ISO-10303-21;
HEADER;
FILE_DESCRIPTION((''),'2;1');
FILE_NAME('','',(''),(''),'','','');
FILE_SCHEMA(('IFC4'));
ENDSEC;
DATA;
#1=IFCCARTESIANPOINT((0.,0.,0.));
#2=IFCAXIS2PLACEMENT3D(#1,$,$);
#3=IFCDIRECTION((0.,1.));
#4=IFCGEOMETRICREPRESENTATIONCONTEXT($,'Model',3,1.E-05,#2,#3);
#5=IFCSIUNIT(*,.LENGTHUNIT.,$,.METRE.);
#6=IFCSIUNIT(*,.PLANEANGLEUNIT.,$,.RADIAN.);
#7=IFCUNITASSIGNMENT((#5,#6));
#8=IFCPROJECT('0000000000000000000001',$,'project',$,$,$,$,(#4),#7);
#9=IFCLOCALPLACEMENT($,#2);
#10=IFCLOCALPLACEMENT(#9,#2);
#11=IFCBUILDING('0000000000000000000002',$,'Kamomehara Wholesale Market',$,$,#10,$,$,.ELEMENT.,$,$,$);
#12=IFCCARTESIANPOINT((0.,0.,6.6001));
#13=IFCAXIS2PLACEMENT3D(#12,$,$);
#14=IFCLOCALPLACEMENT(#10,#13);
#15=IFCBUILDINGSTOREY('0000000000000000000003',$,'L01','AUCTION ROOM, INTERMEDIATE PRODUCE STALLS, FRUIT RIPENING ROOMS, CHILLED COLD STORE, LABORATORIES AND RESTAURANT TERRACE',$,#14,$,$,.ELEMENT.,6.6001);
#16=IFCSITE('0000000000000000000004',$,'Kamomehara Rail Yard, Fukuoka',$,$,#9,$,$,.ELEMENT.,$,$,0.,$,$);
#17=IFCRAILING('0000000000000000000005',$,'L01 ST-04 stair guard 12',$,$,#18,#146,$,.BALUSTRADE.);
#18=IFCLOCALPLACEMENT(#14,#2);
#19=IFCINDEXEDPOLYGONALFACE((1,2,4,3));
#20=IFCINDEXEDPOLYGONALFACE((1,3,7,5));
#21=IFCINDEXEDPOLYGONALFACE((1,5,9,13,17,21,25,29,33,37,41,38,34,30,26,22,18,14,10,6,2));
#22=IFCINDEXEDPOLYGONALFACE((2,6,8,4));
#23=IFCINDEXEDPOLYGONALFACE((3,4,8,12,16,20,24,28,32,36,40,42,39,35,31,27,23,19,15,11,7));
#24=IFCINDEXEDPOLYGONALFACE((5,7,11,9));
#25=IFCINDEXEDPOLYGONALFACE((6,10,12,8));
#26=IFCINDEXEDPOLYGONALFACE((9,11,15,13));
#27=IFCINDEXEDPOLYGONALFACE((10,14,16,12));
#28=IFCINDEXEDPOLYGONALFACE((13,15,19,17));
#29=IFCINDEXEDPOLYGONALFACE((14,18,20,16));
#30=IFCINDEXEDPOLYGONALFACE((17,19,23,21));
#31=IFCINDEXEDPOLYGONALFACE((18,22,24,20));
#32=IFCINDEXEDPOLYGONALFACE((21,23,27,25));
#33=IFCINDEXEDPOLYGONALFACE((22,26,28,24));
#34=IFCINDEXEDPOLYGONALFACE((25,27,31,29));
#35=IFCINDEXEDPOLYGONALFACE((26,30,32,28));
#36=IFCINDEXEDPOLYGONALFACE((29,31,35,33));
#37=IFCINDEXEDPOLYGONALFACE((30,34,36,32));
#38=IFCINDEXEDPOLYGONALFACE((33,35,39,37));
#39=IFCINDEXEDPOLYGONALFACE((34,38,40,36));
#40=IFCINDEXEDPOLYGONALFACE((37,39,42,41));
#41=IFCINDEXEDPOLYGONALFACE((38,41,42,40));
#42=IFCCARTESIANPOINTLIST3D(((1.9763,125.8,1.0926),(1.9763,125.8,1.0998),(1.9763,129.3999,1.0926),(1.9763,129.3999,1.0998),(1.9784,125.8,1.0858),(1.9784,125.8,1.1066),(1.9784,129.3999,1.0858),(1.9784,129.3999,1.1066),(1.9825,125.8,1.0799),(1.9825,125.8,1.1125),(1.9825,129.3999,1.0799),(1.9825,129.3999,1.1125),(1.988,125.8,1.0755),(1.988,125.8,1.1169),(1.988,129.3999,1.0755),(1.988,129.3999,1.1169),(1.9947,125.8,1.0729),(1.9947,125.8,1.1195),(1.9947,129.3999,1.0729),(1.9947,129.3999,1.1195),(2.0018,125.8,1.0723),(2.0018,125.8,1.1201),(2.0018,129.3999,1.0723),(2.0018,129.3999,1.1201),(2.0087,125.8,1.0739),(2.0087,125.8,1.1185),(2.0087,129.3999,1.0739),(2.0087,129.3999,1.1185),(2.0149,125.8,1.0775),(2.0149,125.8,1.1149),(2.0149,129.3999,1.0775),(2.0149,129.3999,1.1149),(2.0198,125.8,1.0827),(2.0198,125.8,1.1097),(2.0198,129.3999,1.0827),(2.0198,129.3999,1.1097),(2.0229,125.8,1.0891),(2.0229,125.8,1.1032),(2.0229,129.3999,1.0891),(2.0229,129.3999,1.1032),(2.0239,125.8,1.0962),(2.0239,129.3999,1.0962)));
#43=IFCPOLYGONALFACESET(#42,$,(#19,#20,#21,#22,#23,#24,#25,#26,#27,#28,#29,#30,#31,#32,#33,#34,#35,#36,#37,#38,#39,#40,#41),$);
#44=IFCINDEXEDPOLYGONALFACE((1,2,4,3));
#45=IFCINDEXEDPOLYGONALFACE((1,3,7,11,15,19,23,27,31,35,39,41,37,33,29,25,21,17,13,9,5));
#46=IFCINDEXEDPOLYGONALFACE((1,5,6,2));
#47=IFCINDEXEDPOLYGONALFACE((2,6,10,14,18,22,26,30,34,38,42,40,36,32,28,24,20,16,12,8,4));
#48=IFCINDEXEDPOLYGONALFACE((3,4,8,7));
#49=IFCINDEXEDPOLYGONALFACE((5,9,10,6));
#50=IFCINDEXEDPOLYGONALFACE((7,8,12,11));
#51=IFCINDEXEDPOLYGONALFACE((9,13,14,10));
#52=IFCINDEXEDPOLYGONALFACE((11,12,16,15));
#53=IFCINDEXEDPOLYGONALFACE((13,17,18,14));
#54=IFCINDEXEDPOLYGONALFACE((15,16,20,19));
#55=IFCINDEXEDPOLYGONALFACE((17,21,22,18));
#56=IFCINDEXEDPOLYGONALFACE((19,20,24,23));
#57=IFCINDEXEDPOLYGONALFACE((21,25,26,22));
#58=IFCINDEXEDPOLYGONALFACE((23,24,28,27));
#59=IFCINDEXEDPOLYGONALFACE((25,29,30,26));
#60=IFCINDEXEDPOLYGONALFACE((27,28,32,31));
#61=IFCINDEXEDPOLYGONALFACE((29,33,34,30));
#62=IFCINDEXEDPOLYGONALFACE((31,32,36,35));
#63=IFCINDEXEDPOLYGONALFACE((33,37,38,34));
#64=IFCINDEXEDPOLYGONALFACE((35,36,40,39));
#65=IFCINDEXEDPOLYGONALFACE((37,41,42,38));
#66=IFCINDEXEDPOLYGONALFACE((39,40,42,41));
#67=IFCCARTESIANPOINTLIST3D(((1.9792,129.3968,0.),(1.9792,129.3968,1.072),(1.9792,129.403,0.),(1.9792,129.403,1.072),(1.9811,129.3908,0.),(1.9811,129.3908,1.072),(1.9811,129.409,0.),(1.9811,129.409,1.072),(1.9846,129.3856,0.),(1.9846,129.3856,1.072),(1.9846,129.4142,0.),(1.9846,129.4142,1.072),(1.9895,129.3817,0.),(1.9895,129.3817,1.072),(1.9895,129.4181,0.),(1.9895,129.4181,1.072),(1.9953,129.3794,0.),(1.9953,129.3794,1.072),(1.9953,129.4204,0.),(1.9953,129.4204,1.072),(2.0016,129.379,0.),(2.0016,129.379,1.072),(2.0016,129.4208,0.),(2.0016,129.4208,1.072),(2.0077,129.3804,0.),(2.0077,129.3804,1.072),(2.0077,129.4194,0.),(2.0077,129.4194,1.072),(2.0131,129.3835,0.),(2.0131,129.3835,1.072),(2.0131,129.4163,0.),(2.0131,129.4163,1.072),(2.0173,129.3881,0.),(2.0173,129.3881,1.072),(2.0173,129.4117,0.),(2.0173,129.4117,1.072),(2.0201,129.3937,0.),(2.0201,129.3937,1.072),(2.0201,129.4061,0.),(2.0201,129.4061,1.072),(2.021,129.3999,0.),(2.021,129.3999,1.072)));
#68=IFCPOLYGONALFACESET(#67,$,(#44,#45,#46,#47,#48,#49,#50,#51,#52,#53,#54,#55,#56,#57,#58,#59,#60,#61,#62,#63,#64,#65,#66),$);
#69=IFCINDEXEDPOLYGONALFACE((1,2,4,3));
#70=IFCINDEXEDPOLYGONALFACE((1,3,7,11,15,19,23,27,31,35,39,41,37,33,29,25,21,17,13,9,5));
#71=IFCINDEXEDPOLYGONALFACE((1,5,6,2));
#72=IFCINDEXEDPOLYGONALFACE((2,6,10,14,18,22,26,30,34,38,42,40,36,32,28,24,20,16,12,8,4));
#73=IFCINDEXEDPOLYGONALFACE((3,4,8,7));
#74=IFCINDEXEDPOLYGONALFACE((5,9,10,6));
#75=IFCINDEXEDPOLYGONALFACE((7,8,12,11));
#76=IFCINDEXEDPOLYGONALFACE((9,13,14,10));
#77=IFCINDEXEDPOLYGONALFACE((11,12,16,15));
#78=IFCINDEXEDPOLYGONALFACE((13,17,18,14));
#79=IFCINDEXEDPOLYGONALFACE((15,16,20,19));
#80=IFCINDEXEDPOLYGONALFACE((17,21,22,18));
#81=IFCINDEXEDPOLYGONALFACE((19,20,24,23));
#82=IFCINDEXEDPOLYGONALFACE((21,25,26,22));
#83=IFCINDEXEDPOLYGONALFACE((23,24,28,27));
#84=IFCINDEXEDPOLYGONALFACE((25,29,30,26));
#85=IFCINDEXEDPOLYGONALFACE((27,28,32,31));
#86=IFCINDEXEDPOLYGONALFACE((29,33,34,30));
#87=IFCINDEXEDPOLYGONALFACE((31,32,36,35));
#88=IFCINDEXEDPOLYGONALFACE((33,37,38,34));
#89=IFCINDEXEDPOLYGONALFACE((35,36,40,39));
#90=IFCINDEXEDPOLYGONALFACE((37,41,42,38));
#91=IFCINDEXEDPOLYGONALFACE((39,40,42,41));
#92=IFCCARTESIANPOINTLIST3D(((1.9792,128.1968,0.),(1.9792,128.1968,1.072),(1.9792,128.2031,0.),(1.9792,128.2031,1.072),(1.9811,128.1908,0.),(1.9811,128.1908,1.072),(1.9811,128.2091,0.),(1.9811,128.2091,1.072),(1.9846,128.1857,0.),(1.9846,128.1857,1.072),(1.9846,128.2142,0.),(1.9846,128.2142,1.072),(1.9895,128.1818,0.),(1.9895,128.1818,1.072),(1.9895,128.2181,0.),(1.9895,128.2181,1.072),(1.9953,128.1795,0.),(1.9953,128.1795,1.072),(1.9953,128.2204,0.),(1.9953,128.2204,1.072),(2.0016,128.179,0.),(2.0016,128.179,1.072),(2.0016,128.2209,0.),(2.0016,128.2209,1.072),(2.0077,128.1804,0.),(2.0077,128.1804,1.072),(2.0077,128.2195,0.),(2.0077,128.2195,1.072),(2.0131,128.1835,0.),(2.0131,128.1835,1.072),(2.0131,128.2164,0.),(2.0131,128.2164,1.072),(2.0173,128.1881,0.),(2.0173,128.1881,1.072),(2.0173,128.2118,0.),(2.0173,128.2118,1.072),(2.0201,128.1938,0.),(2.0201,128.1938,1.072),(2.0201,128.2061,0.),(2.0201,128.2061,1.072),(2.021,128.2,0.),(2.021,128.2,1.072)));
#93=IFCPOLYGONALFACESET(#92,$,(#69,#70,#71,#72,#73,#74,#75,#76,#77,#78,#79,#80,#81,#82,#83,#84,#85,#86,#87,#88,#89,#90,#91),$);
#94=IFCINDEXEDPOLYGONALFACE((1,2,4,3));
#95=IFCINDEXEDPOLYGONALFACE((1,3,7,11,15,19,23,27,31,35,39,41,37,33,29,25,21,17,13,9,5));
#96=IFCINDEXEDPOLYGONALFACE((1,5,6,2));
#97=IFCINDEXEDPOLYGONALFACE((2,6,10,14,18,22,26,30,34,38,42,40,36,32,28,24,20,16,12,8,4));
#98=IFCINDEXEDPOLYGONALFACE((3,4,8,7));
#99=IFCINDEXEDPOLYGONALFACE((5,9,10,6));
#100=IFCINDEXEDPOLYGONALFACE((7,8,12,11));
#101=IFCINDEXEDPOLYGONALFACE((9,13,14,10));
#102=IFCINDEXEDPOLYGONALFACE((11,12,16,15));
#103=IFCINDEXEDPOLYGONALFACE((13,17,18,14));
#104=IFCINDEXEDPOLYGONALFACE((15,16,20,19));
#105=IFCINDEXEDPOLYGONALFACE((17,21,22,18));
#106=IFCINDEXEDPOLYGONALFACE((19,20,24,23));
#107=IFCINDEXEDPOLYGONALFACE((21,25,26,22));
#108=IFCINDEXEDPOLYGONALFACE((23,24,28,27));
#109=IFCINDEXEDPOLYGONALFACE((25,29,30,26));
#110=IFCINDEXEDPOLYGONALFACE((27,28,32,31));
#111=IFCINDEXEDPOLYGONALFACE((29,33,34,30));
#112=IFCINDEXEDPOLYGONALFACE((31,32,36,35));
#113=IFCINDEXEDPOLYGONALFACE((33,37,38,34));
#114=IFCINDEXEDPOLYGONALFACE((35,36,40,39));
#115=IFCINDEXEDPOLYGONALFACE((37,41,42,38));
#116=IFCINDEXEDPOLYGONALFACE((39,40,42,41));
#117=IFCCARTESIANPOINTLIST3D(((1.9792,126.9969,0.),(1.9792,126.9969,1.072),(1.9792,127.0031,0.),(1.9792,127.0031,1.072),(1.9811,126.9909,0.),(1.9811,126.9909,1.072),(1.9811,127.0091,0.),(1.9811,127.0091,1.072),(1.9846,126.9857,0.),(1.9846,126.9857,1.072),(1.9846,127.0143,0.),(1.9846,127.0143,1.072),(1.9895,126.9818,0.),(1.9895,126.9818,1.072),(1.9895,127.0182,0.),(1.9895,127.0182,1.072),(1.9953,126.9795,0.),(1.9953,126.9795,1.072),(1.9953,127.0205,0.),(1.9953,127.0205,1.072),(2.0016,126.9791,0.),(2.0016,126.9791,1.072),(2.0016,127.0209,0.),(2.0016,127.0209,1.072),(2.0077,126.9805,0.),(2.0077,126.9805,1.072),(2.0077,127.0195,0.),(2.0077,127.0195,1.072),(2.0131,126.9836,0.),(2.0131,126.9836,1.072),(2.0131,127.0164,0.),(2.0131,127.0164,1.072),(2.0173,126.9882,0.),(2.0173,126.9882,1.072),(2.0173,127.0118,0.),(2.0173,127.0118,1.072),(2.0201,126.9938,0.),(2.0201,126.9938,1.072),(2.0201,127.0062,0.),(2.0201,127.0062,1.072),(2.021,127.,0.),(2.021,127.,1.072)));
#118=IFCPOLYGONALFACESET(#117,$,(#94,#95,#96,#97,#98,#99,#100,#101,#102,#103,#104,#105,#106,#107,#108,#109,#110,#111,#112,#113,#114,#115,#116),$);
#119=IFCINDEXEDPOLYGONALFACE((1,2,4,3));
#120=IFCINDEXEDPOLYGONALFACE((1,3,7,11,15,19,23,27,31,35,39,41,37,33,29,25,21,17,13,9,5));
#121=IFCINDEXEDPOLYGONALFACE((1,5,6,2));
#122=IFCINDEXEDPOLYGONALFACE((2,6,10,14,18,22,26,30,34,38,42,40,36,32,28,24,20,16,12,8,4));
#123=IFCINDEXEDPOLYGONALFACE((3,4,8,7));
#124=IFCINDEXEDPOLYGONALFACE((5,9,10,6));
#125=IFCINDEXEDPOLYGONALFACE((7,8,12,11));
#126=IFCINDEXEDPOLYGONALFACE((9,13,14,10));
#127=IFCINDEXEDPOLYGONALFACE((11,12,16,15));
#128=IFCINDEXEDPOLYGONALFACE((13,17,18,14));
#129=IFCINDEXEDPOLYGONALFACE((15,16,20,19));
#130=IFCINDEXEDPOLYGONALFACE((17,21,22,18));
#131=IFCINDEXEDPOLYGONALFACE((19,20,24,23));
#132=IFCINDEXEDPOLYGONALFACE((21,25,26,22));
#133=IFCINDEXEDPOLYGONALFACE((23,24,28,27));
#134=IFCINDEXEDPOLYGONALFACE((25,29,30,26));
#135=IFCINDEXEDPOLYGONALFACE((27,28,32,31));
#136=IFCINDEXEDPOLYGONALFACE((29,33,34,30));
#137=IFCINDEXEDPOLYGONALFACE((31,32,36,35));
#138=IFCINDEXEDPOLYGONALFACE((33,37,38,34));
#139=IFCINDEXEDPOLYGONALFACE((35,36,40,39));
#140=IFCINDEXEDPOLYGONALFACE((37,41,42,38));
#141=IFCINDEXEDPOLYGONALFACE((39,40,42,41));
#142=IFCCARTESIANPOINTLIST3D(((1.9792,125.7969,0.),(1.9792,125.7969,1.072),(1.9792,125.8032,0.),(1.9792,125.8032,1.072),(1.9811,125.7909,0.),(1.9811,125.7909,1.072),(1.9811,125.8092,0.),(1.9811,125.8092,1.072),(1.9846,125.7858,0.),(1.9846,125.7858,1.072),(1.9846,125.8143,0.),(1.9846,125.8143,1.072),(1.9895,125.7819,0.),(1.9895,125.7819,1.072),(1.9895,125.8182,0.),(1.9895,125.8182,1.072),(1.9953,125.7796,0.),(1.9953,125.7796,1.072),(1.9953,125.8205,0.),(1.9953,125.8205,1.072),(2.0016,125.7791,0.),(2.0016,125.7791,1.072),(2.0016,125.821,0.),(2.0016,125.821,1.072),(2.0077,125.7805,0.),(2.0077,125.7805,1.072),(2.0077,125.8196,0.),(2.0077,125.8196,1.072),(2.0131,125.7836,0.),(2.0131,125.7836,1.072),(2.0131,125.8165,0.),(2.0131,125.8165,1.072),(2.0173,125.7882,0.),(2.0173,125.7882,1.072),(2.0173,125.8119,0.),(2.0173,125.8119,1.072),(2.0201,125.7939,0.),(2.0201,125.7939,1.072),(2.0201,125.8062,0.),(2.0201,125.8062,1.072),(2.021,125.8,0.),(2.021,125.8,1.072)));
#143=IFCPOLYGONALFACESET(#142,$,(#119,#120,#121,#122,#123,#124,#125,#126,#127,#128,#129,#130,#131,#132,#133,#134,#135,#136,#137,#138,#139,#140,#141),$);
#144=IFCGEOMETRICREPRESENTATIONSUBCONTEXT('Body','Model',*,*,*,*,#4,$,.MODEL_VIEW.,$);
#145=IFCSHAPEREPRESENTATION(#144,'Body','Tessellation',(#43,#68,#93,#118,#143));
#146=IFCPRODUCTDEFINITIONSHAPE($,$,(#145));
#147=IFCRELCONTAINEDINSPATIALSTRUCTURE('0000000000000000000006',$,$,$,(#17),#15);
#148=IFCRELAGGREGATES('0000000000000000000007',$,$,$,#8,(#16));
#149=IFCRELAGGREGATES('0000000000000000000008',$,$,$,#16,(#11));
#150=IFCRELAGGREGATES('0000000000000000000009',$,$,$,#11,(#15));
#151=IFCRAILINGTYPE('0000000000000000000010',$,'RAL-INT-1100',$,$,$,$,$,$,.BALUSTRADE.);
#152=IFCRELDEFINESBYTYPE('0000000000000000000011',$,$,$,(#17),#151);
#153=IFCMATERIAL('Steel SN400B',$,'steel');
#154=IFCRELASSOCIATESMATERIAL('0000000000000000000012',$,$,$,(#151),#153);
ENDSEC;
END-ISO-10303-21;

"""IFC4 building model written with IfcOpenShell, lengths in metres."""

from ifc_helpers import new_model, si_unit, direction, frame, origin, origin_2d, place, context, subcontext, project, spatial, circle, extrude, material, type_object, element, save


model = new_model("IFC4")

# Units and contexts
model_context = context("Model", 3, precision=1e-05, world=origin(), true_north=direction((0.0, 1.0)))
body_context = subcontext(model_context, "Body", "Model", "MODEL_VIEW")
ifc_project = project(units=[si_unit("LENGTHUNIT", "METRE"), si_unit("PLANEANGLEUNIT", "RADIAN")], contexts=[model_context])

# Site, building, storey
site_placement = place(None, origin())
site = spatial("IfcSite", under=ifc_project, at=site_placement, Name="Kamomehara Rail Yard, Fukuoka", CompositionType="ELEMENT", RefElevation=0.0)
building_placement = place(site_placement, origin())
building = spatial("IfcBuilding", under=site, at=building_placement, Name="Kamomehara Wholesale Market", CompositionType="ELEMENT")
storey_placement = place(building_placement, frame((0.0, 0.0, 6.6001)))
storey = spatial("IfcBuildingStorey", under=building, at=storey_placement, Name="L01", Description="AUCTION ROOM, INTERMEDIATE PRODUCE STALLS, FRUIT RIPENING ROOMS, CHILLED COLD STORE, LABORATORIES AND RESTAURANT TERRACE", CompositionType="ELEMENT", Elevation=6.6001)

# Railing
ifc_material_1 = material(Name="Steel SN400B", Category="steel")
railing_type_1 = type_object("IfcRailingType", Name="RAL-INT-1100", PredefinedType="BALUSTRADE", material=ifc_material_1)
railing_1_placement = place(storey_placement, frame((2.0, 129.3999, 0.0)))
element("IfcRailing", 1, at=railing_1_placement, inside=storey, type_object=railing_type_1, Name="L01 ST-04 stair guard 12", PredefinedType="BALUSTRADE", context=body_context, shape_type="SweptSolid", body=[
    extrude(circle(Radius=0.0239, at=origin_2d()), frame((0.0, 0.0, 1.0962), z_axis=(0.0, -1.0, 0.0), x_axis=(1.0, 0.0, 0.0)), (0.0, 0.0, 1.0), 3.5999),
    extrude(circle(Radius=0.021, at=origin_2d()), origin(), (0.0, 0.0, 1.0), 1.072),
    extrude(circle(Radius=0.021, at=origin_2d()), frame((0.0, -1.2, 0.0)), (0.0, 0.0, 1.0), 1.072),
    extrude(circle(Radius=0.021, at=origin_2d()), frame((0.0, -2.3999, 0.0)), (0.0, 0.0, 1.0), 1.072),
    extrude(circle(Radius=0.021, at=origin_2d()), frame((0.0, -3.5999, 0.0)), (0.0, 0.0, 1.0), 1.072),
])

save(model, "model.ifc")
